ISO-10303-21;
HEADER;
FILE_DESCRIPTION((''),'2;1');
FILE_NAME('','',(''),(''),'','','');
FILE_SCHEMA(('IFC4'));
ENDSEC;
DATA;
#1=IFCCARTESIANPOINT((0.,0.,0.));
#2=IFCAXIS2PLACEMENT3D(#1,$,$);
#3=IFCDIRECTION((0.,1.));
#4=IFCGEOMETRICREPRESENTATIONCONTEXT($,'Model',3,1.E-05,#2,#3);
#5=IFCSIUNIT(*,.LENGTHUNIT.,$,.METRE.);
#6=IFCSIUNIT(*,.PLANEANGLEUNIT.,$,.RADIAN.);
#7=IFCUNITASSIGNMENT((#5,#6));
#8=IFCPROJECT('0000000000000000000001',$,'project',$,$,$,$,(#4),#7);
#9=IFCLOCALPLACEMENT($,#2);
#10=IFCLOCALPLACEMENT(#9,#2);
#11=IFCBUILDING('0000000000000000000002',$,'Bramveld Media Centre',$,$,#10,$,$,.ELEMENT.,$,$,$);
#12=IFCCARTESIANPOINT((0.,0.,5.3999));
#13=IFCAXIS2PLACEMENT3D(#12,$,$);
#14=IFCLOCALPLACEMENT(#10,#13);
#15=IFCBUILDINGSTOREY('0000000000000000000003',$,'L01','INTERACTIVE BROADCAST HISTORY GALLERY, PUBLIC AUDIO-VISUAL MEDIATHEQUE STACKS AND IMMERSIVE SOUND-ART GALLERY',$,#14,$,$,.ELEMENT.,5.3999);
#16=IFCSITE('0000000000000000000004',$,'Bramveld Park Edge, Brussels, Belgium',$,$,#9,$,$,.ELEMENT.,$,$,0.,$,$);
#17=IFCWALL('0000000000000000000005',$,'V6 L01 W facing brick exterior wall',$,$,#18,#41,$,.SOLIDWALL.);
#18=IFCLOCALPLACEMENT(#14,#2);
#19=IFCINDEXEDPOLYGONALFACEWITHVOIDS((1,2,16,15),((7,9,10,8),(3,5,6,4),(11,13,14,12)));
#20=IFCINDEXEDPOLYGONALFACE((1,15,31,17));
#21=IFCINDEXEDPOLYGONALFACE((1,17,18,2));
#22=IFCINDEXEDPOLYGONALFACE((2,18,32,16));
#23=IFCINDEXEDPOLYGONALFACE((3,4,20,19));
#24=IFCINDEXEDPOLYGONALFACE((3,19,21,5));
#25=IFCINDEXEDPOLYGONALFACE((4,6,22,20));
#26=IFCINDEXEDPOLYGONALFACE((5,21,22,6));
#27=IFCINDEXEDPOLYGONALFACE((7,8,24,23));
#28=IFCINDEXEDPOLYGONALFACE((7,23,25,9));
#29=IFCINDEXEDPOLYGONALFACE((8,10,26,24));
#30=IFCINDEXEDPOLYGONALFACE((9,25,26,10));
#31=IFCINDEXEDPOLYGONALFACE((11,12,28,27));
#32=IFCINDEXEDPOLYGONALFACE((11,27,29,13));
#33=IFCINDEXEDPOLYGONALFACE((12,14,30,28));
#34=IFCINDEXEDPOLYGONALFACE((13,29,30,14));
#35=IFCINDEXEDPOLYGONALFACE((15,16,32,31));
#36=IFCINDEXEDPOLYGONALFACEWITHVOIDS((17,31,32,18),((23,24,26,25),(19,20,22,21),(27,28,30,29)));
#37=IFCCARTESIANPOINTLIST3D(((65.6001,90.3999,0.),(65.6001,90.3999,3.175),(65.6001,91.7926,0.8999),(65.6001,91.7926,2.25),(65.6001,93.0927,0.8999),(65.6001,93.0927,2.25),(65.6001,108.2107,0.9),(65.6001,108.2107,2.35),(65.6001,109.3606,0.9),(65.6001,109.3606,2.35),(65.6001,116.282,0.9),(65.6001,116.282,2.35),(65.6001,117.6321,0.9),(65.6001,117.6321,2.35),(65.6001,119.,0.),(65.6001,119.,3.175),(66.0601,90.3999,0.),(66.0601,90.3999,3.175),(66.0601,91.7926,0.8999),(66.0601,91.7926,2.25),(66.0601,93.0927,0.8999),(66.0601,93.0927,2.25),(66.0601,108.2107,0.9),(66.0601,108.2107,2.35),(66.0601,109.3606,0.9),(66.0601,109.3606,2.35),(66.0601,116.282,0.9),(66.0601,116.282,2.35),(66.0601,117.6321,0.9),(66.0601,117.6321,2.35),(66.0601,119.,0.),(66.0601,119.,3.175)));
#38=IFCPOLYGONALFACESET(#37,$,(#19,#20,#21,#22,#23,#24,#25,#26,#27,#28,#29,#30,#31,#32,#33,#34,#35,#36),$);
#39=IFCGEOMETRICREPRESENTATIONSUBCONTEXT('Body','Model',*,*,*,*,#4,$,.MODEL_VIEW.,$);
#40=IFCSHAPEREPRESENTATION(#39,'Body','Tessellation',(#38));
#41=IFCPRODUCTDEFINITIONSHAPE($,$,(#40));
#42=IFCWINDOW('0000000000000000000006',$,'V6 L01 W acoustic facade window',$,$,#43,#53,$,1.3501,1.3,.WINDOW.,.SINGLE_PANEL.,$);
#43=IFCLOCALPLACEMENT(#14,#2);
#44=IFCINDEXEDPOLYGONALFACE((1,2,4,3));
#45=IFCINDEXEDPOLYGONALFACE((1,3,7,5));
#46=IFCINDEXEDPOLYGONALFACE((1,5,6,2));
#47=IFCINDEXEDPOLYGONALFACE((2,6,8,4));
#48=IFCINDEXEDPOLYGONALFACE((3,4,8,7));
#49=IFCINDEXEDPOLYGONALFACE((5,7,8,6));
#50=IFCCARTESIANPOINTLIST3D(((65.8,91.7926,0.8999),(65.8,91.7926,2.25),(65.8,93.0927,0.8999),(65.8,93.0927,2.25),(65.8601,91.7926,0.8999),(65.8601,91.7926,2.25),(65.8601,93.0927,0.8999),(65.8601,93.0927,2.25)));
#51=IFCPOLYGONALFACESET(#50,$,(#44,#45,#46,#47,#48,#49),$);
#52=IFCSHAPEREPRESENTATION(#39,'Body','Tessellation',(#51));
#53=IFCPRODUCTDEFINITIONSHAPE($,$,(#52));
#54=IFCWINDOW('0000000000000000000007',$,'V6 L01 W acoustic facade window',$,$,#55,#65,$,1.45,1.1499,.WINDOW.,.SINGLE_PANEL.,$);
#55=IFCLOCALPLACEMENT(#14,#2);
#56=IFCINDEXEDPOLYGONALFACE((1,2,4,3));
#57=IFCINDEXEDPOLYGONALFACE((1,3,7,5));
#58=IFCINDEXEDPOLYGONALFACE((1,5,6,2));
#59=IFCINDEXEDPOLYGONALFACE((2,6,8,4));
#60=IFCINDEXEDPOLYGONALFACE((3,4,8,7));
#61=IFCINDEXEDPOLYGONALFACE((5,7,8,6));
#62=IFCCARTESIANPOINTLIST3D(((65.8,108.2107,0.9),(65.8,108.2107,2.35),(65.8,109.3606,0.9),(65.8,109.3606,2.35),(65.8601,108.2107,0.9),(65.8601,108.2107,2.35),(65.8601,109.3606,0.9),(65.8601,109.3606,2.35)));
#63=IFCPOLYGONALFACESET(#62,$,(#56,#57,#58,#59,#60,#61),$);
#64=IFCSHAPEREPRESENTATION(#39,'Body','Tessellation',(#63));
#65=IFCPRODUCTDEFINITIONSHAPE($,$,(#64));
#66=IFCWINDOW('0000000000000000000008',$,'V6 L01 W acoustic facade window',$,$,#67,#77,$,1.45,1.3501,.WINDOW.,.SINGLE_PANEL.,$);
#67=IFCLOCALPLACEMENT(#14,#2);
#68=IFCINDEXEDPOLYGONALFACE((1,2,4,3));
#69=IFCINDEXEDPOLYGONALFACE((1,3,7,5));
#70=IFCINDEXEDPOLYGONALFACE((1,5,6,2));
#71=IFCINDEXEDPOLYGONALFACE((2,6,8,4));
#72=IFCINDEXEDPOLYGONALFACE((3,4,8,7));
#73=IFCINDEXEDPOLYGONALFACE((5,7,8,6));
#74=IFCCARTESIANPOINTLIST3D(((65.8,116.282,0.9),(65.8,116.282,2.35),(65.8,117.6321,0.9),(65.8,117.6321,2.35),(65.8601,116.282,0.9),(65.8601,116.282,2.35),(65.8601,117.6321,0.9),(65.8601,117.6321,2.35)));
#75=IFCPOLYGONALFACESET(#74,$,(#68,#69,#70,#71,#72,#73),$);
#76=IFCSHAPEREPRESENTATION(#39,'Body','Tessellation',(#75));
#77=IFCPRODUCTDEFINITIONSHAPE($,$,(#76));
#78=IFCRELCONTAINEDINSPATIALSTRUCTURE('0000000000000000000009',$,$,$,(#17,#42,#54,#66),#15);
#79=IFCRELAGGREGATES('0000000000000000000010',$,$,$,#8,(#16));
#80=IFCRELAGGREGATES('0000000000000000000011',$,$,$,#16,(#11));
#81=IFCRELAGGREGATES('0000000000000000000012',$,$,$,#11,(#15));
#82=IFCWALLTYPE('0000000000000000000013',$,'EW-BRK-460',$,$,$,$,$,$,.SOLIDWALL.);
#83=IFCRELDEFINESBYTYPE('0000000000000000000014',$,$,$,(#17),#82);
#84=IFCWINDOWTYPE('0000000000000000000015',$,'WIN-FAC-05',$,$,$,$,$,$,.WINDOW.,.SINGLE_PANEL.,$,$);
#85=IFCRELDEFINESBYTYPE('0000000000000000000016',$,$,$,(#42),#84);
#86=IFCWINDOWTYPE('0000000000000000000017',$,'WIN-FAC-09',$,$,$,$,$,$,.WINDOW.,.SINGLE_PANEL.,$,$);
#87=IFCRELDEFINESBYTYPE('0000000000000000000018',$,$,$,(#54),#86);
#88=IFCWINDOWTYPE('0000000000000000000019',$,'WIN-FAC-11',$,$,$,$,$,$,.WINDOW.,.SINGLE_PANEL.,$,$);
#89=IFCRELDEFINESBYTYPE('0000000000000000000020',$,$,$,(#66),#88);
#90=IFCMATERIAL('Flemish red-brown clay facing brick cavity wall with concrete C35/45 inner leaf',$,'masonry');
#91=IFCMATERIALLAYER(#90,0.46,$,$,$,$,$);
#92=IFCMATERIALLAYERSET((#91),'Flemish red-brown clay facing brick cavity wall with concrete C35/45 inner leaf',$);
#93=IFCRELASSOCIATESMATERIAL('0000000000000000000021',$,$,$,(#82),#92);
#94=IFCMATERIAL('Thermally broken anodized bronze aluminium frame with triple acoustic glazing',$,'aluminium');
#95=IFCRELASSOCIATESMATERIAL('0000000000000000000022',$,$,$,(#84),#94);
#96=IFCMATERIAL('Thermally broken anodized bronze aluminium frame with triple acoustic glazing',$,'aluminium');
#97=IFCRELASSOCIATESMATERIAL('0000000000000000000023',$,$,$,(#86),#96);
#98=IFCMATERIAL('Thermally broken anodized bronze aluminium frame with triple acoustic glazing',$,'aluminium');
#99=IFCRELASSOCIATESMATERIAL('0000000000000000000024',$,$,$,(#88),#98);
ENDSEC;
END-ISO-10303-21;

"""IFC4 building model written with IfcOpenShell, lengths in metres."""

from ifc_helpers import new_model, si_unit, direction, frame, frame_2d, origin, place, context, subcontext, project, spatial, rectangle, extrude, material, layer, layer_set, type_object, element, fill, save


model = new_model("IFC4")

# Units and contexts
model_context = context("Model", 3, precision=1e-05, world=origin(), true_north=direction((0.0, 1.0)))
body_context = subcontext(model_context, "Body", "Model", "MODEL_VIEW")
ifc_project = project(units=[si_unit("LENGTHUNIT", "METRE"), si_unit("PLANEANGLEUNIT", "RADIAN")], contexts=[model_context])

# Site, building, storey
site_placement = place(None, origin())
site = spatial("IfcSite", under=ifc_project, at=site_placement, Name="Bramveld Park Edge, Brussels, Belgium", CompositionType="ELEMENT", RefElevation=0.0)
building_placement = place(site_placement, origin())
building = spatial("IfcBuilding", under=site, at=building_placement, Name="Bramveld Media Centre", CompositionType="ELEMENT")
storey_placement = place(building_placement, frame((0.0, 0.0, 5.3999)))
storey = spatial("IfcBuildingStorey", under=building, at=storey_placement, Name="L01", Description="INTERACTIVE BROADCAST HISTORY GALLERY, PUBLIC AUDIO-VISUAL MEDIATHEQUE STACKS AND IMMERSIVE SOUND-ART GALLERY", CompositionType="ELEMENT", Elevation=5.3999)

# Wall, openings, windows
ifc_material_1 = material(Name="Flemish red-brown clay facing brick cavity wall with concrete C35/45 inner leaf", Category="masonry")
ifc_layer_1 = layer(ifc_material_1, 0.46)
ifc_layer_set_1 = layer_set([ifc_layer_1], Name="Flemish red-brown clay facing brick cavity wall with concrete C35/45 inner leaf")
wall_type_1 = type_object("IfcWallType", Name="EW-BRK-460", PredefinedType="SOLIDWALL", material=ifc_layer_set_1)
wall_1_placement = place(storey_placement, frame((65.8301, 90.3999, 0.0), z_axis=(0.0, 0.0, 1.0), x_axis=(0.0, 1.0, 0.0)))
wall_1 = element("IfcWall", 1, at=wall_1_placement, inside=storey, type_object=wall_type_1, Name="V6 L01 W facing brick exterior wall", PredefinedType="SOLIDWALL", context=body_context, shape_type="SweptSolid", body=[
    extrude(rectangle(XDim=28.6001, YDim=0.46, at=frame_2d((14.3, 0.0))), origin(), (0.0, 0.0, 1.0), 3.175),
])
opening_1_placement = place(wall_1_placement, frame((1.3928, 0.0, 0.8999)))
opening_1 = element("IfcOpeningElement", 2, at=opening_1_placement, cuts=wall_1, PredefinedType="OPENING", context=body_context, shape_type="SweptSolid", body=[
    extrude(rectangle(XDim=1.3, YDim=1.3501, at=frame_2d((0.6499, 0.675))), frame((0.0, 0.2419, 0.0), z_axis=(0.0, -1.0, 0.0), x_axis=(1.0, 0.0, 0.0)), (0.0, 0.0, 1.0), 0.4839),
])
opening_2_placement = place(wall_1_placement, frame((17.8108, 0.0, 0.8999)))
opening_2 = element("IfcOpeningElement", 3, at=opening_2_placement, cuts=wall_1, PredefinedType="OPENING", context=body_context, shape_type="SweptSolid", body=[
    extrude(rectangle(XDim=1.1499, YDim=1.45, at=frame_2d((0.575, 0.7251))), frame((0.0, 0.2419, 0.0), z_axis=(0.0, -1.0, 0.0), x_axis=(1.0, 0.0, 0.0)), (0.0, 0.0, 1.0), 0.4839),
])
opening_3_placement = place(wall_1_placement, frame((25.8821, 0.0, 0.8999)))
opening_3 = element("IfcOpeningElement", 4, at=opening_3_placement, cuts=wall_1, PredefinedType="OPENING", context=body_context, shape_type="SweptSolid", body=[
    extrude(rectangle(XDim=1.3501, YDim=1.45, at=frame_2d((0.675, 0.7251))), frame((0.0, 0.2419, 0.0), z_axis=(0.0, -1.0, 0.0), x_axis=(1.0, 0.0, 0.0)), (0.0, 0.0, 1.0), 0.4839),
])
ifc_material_2 = material(Name="Thermally broken anodized bronze aluminium frame with triple acoustic glazing", Category="aluminium")
window_type_1 = type_object("IfcWindowType", Name="WIN-FAC-05", PartitioningType="SINGLE_PANEL", PredefinedType="WINDOW", material=ifc_material_2)
window_1_placement = place(opening_1_placement, origin())
window_1 = element("IfcWindow", 5, at=window_1_placement, inside=storey, type_object=window_type_1, Name="V6 L01 W acoustic facade window", OverallHeight=1.3501, OverallWidth=1.3, PartitioningType="SINGLE_PANEL", PredefinedType="WINDOW", context=body_context, shape_type="SweptSolid", body=[
    extrude(rectangle(XDim=1.3, YDim=1.3501, at=frame_2d((0.6499, 0.675))), frame((0.0, 0.03, 0.0), z_axis=(0.0, -1.0, 0.0), x_axis=(1.0, 0.0, 0.0)), (0.0, 0.0, 1.0), 0.0601),
])
fill(opening_1, window_1)
ifc_material_3 = material(Name="Thermally broken anodized bronze aluminium frame with triple acoustic glazing", Category="aluminium")
window_type_2 = type_object("IfcWindowType", Name="WIN-FAC-09", PartitioningType="SINGLE_PANEL", PredefinedType="WINDOW", material=ifc_material_3)
window_2_placement = place(opening_2_placement, origin())
window_2 = element("IfcWindow", 6, at=window_2_placement, inside=storey, type_object=window_type_2, Name="V6 L01 W acoustic facade window", OverallHeight=1.45, OverallWidth=1.1499, PartitioningType="SINGLE_PANEL", PredefinedType="WINDOW", context=body_context, shape_type="SweptSolid", body=[
    extrude(rectangle(XDim=1.1499, YDim=1.45, at=frame_2d((0.575, 0.7251))), frame((0.0, 0.03, 0.0), z_axis=(0.0, -1.0, 0.0), x_axis=(1.0, 0.0, 0.0)), (0.0, 0.0, 1.0), 0.0601),
])
fill(opening_2, window_2)
ifc_material_4 = material(Name="Thermally broken anodized bronze aluminium frame with triple acoustic glazing", Category="aluminium")
window_type_3 = type_object("IfcWindowType", Name="WIN-FAC-11", PartitioningType="SINGLE_PANEL", PredefinedType="WINDOW", material=ifc_material_4)
window_3_placement = place(opening_3_placement, origin())
window_3 = element("IfcWindow", 7, at=window_3_placement, inside=storey, type_object=window_type_3, Name="V6 L01 W acoustic facade window", OverallHeight=1.45, OverallWidth=1.3501, PartitioningType="SINGLE_PANEL", PredefinedType="WINDOW", context=body_context, shape_type="SweptSolid", body=[
    extrude(rectangle(XDim=1.3501, YDim=1.45, at=frame_2d((0.675, 0.7251))), frame((0.0, 0.03, 0.0), z_axis=(0.0, -1.0, 0.0), x_axis=(1.0, 0.0, 0.0)), (0.0, 0.0, 1.0), 0.0601),
])
fill(opening_3, window_3)

save(model, "model.ifc")
